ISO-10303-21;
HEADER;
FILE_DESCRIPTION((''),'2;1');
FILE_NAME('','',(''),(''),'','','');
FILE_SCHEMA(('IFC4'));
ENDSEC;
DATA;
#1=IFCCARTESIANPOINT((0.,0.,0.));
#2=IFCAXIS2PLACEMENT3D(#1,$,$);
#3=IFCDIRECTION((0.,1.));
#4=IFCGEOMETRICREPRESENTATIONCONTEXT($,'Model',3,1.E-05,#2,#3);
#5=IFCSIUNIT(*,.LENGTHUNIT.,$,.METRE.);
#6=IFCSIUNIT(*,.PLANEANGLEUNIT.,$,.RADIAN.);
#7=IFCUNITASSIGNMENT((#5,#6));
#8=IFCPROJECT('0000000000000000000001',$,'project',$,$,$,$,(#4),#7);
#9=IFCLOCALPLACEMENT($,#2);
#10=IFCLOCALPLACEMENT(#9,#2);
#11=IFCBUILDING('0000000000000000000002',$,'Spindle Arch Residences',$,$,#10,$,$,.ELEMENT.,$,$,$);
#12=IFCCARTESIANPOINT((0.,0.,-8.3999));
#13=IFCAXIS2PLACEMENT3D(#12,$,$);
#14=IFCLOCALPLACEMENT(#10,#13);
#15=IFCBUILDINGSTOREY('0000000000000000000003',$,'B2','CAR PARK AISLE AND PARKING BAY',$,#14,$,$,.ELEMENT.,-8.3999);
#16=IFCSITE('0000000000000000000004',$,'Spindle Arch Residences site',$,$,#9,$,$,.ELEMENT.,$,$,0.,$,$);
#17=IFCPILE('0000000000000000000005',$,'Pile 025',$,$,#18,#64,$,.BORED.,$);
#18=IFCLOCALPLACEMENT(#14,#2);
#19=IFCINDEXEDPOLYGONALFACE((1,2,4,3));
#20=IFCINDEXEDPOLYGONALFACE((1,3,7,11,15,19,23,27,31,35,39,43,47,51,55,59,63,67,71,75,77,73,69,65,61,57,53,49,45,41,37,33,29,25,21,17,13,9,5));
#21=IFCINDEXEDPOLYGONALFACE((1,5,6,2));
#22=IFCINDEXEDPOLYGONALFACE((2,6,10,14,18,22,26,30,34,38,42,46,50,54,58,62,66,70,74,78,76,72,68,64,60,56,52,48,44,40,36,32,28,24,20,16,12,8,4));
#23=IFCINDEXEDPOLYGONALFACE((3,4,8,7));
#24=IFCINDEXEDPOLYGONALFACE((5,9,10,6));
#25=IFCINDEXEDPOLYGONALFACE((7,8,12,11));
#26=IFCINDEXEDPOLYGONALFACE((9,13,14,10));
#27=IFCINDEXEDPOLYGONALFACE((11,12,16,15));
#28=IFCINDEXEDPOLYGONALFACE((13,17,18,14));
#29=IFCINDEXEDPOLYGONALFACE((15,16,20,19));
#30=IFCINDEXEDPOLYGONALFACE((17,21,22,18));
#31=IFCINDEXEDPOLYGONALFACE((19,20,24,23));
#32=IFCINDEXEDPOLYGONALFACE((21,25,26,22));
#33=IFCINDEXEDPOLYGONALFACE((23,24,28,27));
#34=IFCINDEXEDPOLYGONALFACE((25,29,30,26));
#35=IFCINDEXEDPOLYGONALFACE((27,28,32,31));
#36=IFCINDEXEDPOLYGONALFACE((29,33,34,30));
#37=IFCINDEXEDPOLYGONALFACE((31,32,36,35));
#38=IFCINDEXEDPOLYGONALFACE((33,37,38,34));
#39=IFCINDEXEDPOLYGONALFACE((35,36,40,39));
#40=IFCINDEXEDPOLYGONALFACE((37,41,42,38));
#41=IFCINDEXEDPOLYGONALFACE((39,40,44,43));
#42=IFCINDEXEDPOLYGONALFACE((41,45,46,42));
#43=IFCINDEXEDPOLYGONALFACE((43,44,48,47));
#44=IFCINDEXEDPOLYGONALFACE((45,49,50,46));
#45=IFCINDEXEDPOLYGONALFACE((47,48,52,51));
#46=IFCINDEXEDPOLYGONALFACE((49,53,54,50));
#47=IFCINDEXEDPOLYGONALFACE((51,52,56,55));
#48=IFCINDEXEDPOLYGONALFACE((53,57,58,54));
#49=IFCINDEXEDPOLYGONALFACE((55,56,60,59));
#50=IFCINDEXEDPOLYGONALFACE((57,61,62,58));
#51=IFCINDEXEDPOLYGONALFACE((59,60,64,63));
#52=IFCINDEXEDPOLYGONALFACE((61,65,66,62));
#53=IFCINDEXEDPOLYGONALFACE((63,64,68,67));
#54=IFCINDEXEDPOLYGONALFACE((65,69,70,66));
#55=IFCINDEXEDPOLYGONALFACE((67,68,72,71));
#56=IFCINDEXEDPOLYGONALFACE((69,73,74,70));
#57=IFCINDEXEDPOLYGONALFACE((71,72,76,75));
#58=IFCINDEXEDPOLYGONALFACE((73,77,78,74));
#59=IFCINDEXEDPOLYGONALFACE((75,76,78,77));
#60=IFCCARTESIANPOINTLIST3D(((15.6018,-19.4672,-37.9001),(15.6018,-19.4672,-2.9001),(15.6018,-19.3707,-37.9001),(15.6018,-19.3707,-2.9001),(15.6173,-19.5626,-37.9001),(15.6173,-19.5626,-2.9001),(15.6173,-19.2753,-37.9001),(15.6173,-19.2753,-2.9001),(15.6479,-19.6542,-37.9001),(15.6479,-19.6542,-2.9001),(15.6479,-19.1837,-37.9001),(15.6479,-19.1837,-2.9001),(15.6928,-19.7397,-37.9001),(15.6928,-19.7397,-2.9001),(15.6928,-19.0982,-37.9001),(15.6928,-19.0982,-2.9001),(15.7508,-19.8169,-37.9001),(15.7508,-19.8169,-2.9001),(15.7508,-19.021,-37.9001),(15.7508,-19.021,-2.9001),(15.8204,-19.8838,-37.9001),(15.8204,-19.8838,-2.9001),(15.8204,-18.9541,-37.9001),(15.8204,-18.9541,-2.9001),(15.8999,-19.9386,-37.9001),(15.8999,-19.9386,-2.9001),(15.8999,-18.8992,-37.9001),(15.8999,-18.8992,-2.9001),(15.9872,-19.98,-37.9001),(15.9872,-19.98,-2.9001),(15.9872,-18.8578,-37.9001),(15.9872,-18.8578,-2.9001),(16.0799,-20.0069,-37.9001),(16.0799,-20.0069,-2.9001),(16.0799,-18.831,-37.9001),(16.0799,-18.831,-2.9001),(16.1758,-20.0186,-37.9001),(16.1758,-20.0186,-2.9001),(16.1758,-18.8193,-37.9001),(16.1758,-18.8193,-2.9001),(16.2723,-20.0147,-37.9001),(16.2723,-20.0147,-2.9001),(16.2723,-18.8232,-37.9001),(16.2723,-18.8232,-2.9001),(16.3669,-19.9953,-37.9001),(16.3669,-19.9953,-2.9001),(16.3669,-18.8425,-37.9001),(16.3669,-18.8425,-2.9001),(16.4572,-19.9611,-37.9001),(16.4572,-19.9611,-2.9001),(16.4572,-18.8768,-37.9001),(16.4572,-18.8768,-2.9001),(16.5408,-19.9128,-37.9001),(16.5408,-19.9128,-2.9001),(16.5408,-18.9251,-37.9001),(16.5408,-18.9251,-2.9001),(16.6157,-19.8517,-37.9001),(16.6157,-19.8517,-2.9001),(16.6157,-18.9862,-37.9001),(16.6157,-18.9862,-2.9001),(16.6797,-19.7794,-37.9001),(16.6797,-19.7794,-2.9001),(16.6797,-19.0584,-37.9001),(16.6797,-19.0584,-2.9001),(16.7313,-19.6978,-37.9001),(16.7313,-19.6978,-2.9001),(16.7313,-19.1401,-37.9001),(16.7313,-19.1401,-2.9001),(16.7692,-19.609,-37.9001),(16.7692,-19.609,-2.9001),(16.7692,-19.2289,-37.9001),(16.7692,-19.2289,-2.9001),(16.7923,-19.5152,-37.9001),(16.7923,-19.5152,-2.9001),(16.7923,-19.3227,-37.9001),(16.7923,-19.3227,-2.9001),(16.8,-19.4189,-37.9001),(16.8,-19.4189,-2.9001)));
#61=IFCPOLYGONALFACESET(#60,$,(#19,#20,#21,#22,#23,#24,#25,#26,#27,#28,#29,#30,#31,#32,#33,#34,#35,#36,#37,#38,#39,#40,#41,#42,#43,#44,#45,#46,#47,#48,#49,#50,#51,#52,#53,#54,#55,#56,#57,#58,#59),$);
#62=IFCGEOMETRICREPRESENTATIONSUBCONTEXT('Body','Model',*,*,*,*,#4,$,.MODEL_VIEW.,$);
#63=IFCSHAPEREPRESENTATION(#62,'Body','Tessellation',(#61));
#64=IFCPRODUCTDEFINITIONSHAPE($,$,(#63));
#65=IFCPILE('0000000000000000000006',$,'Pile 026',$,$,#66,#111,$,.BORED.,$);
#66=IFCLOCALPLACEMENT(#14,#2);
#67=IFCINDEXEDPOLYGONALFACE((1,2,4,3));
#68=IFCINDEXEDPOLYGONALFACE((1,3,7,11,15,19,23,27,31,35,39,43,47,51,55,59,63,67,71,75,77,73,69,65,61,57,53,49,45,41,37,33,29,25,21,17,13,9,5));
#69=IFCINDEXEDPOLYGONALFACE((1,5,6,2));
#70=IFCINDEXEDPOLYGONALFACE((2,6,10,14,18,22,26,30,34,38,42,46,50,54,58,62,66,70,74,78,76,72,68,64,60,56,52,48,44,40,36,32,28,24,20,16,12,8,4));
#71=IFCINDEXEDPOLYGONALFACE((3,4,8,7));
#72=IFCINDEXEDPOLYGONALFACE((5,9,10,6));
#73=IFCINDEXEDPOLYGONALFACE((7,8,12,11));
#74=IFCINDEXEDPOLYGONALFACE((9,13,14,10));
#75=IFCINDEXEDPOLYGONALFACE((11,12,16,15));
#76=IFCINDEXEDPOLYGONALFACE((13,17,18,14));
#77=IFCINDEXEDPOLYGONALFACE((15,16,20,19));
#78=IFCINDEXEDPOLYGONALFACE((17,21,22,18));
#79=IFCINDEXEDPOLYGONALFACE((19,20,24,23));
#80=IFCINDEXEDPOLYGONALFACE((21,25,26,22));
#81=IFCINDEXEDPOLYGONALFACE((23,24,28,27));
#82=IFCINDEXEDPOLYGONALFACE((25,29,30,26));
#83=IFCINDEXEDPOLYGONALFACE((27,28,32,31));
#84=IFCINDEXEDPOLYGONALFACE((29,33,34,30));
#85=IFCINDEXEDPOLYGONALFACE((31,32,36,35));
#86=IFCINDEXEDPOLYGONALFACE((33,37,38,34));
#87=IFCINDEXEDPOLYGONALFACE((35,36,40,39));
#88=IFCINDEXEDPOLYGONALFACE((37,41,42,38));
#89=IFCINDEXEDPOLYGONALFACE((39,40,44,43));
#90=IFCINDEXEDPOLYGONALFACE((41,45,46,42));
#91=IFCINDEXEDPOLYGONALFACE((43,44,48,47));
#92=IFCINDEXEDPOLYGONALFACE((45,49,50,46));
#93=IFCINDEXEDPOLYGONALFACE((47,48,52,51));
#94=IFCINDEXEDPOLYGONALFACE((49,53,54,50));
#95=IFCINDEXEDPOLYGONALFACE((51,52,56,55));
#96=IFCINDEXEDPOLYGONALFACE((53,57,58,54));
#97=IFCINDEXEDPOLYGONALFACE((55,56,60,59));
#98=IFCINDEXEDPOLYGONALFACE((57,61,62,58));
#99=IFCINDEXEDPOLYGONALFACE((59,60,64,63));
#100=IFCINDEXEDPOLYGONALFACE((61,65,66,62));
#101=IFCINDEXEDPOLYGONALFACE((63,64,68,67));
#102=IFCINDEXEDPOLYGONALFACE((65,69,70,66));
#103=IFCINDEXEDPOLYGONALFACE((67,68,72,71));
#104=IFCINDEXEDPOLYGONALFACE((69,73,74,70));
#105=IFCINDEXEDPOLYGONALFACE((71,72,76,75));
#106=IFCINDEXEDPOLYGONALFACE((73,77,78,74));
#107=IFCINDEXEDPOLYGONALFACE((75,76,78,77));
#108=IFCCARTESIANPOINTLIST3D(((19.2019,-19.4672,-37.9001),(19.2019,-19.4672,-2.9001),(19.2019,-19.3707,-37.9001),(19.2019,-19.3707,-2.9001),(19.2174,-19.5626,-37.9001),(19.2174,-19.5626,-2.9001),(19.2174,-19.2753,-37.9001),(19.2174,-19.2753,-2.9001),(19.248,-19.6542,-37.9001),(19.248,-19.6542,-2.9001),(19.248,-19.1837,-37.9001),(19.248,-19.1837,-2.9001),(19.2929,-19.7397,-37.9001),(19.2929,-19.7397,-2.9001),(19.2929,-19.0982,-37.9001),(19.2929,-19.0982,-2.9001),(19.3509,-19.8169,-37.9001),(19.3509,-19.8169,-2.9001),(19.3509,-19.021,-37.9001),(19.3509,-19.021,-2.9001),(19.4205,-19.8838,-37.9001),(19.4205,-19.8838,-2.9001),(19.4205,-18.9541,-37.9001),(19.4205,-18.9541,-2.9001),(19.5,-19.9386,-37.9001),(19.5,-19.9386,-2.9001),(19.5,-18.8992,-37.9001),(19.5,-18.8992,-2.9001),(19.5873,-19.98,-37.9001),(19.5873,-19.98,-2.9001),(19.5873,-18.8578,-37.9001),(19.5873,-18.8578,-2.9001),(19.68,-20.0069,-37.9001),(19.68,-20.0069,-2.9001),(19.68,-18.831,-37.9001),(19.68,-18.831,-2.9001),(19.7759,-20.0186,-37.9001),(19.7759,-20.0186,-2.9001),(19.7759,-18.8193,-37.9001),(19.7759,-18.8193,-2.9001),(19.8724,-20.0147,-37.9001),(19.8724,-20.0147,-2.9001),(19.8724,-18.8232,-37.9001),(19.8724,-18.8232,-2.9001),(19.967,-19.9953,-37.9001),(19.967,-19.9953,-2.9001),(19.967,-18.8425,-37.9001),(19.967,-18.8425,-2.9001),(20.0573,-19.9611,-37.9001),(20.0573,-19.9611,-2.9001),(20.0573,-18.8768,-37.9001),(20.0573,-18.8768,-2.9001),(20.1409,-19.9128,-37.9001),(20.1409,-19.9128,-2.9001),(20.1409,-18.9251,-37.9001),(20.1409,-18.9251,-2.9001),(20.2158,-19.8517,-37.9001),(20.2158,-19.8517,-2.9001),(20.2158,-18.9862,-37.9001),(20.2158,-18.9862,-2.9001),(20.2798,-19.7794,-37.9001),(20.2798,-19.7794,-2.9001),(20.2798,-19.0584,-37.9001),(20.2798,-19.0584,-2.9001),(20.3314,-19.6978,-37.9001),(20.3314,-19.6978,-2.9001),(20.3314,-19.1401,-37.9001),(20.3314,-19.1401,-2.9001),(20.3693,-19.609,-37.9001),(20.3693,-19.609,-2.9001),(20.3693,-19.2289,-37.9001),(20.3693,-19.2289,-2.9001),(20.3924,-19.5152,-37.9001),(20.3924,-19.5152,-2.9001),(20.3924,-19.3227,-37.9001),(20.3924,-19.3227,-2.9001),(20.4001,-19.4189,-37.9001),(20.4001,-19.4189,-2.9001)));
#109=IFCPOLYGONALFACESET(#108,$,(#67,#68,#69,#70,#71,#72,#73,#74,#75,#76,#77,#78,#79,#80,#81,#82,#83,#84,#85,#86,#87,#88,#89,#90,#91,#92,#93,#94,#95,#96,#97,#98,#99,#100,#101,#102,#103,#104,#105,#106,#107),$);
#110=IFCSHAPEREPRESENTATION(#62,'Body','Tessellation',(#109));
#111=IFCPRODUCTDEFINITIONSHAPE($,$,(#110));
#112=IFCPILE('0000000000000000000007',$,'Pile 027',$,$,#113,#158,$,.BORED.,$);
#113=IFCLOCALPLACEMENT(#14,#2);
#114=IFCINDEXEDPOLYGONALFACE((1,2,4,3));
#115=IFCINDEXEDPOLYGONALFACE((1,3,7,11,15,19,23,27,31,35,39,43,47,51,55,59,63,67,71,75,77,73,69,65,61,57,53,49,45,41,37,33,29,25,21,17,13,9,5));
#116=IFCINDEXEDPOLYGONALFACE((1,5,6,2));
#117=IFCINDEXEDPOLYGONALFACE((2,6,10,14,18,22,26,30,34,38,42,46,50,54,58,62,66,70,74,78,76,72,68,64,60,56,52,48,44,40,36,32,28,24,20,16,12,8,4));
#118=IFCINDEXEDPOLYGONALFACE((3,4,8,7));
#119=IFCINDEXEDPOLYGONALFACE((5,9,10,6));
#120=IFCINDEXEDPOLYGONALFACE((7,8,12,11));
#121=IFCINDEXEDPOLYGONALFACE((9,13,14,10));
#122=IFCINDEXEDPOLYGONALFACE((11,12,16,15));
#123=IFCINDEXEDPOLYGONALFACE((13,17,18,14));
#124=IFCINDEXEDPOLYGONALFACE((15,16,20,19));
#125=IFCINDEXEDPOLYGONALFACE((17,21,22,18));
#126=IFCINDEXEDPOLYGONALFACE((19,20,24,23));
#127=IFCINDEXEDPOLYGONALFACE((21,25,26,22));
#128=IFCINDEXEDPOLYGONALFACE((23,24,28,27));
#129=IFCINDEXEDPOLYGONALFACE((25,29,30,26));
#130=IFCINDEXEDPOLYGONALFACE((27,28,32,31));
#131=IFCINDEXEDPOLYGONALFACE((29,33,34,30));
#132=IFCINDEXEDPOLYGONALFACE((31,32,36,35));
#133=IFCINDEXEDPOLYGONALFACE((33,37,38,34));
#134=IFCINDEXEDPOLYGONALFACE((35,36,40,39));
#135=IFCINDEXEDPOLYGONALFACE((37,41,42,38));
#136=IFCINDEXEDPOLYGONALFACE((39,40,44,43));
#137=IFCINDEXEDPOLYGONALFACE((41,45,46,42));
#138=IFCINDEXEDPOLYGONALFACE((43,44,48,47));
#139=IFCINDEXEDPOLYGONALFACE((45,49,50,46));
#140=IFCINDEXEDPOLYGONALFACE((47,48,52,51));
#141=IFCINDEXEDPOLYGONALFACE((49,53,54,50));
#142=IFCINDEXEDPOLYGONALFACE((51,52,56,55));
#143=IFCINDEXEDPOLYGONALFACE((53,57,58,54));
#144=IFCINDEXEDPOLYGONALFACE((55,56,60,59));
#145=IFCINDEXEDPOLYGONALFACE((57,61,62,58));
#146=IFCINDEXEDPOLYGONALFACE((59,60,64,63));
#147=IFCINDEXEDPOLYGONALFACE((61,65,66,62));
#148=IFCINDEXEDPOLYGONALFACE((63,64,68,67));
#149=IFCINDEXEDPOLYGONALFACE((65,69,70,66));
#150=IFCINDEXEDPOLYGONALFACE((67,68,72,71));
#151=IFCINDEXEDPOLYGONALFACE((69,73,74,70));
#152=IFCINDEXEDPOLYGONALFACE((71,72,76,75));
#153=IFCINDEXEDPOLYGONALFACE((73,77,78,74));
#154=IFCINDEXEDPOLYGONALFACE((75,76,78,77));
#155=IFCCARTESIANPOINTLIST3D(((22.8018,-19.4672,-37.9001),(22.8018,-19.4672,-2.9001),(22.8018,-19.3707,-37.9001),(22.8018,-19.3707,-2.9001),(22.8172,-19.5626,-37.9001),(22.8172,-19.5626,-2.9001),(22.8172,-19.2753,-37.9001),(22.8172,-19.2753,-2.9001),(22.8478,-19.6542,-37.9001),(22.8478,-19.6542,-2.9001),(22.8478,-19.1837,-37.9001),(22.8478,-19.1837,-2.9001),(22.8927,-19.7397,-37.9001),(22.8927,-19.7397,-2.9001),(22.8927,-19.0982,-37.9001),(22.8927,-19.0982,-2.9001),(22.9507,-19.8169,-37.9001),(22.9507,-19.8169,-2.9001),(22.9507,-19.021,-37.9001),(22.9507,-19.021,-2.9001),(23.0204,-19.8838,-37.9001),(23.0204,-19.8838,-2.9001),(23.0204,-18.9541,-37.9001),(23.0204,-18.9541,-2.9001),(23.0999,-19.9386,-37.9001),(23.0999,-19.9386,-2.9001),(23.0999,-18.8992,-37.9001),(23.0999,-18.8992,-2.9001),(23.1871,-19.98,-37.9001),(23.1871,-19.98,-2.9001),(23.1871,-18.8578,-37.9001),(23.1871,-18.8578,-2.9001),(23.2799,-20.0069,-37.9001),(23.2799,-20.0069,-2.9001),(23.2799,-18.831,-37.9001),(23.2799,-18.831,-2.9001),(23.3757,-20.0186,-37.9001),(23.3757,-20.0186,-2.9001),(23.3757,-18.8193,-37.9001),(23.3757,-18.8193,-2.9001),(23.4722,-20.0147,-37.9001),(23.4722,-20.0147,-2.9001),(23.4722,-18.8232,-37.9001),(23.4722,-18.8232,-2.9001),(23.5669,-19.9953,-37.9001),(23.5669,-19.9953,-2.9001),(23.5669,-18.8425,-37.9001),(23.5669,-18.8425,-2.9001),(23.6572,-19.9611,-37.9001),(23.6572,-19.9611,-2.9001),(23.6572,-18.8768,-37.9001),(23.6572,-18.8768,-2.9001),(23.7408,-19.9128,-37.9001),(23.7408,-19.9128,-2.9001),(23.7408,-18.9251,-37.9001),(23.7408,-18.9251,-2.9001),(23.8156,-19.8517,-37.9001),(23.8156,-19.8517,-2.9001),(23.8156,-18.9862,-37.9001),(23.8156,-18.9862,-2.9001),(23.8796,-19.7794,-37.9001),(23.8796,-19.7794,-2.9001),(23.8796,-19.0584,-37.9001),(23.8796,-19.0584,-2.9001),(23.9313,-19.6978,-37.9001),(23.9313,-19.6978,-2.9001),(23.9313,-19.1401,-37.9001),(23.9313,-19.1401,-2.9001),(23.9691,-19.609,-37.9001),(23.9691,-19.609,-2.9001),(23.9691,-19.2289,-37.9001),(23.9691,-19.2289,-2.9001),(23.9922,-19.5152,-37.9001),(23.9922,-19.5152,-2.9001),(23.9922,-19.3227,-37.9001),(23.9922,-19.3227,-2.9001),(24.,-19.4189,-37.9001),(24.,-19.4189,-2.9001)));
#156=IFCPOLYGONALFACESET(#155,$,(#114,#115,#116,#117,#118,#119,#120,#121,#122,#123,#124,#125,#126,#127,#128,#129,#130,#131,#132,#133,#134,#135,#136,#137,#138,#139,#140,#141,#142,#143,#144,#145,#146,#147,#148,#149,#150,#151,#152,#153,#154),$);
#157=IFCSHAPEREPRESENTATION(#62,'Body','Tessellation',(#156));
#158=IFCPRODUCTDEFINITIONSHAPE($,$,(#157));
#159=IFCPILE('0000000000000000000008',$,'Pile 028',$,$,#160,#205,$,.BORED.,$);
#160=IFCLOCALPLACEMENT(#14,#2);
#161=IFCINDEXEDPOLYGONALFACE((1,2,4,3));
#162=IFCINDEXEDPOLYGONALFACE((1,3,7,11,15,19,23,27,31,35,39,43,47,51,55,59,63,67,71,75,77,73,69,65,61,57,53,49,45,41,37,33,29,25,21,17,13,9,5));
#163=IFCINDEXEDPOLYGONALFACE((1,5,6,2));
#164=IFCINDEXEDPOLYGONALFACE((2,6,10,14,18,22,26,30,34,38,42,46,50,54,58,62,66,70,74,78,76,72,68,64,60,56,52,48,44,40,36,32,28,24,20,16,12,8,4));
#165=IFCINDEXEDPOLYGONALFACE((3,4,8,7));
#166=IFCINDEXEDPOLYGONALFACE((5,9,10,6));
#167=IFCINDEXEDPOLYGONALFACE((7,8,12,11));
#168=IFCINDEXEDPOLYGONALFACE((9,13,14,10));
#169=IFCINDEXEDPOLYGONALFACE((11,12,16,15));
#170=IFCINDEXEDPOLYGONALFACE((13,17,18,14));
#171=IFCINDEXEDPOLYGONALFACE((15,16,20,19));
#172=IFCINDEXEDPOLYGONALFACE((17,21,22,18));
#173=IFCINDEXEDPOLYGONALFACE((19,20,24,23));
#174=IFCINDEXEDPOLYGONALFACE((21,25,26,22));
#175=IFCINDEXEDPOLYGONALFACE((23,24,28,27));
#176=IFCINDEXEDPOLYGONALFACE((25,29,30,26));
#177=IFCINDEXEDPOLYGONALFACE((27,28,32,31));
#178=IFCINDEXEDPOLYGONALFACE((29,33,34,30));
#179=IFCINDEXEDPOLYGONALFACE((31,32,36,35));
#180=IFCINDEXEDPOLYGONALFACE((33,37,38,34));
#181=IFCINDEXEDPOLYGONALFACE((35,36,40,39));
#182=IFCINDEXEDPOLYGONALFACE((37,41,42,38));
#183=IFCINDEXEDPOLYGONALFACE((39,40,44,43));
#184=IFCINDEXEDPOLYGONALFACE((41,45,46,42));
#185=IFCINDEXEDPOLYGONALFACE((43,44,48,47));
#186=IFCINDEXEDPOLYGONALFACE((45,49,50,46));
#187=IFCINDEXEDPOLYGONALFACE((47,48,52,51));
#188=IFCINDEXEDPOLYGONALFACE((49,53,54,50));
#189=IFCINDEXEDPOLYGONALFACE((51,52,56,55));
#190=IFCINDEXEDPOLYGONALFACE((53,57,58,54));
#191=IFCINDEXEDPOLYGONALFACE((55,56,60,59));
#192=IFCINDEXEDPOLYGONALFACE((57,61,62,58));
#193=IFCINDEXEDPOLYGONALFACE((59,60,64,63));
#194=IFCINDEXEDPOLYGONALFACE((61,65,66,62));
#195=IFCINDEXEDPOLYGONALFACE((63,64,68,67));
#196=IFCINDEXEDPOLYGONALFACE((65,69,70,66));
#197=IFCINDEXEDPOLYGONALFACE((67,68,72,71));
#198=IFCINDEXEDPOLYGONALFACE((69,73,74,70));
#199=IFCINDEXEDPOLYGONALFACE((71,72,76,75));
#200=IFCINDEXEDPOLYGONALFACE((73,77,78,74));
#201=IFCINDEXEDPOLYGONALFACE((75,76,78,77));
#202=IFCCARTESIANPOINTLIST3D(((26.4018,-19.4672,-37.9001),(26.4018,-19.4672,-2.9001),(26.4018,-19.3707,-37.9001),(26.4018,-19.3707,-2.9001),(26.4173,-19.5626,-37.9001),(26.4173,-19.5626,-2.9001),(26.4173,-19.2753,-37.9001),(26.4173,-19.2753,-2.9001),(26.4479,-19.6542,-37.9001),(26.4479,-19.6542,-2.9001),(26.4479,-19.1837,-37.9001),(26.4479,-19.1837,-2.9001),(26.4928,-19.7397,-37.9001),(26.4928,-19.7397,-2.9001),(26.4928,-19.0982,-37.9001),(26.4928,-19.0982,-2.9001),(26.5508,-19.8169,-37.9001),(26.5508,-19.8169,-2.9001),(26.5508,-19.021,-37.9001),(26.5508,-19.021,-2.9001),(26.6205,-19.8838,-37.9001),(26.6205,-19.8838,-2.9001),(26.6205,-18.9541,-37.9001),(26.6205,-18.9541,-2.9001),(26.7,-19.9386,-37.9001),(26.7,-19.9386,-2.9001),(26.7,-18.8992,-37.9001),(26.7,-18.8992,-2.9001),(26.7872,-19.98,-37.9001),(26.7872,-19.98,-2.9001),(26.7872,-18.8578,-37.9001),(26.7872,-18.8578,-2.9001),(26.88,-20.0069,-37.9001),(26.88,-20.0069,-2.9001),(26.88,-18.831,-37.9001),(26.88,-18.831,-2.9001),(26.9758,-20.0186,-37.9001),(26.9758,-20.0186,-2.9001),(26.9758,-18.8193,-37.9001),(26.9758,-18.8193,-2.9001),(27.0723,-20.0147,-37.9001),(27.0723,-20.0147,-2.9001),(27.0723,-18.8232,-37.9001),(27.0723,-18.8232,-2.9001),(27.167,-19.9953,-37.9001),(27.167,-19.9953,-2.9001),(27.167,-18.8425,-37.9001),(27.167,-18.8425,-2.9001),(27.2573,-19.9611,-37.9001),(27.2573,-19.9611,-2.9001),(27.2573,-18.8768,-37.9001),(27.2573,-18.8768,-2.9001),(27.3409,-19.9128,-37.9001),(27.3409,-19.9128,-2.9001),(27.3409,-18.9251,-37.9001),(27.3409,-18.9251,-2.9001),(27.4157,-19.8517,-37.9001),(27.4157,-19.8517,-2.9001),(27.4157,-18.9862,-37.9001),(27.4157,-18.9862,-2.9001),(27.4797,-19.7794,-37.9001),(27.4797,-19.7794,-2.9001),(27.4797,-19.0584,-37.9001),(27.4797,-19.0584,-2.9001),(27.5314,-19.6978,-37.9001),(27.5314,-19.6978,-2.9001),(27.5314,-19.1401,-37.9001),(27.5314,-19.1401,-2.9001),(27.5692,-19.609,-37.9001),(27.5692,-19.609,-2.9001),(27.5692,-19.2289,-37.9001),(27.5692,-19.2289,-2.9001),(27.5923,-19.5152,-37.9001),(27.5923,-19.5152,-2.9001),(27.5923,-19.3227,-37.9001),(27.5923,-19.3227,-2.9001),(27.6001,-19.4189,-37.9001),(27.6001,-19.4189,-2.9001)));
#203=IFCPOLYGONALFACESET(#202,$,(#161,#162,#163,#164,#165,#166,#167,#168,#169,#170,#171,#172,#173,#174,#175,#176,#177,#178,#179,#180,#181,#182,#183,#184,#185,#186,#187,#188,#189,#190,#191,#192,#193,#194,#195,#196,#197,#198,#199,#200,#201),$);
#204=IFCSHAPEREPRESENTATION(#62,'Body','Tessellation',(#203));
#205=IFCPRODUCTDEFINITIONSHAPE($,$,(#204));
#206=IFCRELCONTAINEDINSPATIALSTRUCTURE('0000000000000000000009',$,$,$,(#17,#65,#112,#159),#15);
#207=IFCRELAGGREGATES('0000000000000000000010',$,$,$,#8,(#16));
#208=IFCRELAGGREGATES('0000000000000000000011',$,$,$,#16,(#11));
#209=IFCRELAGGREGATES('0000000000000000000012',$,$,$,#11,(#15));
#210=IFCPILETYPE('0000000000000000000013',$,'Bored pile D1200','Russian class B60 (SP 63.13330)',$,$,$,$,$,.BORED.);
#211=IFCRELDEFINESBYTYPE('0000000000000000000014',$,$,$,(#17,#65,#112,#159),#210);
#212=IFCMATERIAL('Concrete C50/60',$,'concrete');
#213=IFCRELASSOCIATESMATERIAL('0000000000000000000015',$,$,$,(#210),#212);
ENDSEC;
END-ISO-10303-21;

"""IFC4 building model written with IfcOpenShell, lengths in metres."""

from ifc_helpers import new_model, si_unit, direction, frame, origin, origin_2d, place, context, subcontext, project, spatial, circle, extrude, material, material_profile, profile_set, type_object, element, save


model = new_model("IFC4")

# Units and contexts
model_context = context("Model", 3, precision=1e-05, world=origin(), true_north=direction((0.0, 1.0)))
body_context = subcontext(model_context, "Body", "Model", "MODEL_VIEW")
ifc_project = project(units=[si_unit("LENGTHUNIT", "METRE"), si_unit("PLANEANGLEUNIT", "RADIAN")], contexts=[model_context])

# Site, building, storey
site_placement = place(None, origin())
site = spatial("IfcSite", under=ifc_project, at=site_placement, Name="Spindle Arch Residences site", CompositionType="ELEMENT", RefElevation=0.0)
building_placement = place(site_placement, origin())
building = spatial("IfcBuilding", under=site, at=building_placement, Name="Spindle Arch Residences", CompositionType="ELEMENT")
storey_placement = place(building_placement, frame((0.0, 0.0, -8.3999)))
storey = spatial("IfcBuildingStorey", under=building, at=storey_placement, Name="B2", Description="CAR PARK AISLE AND PARKING BAY", CompositionType="ELEMENT", Elevation=-8.3999)

# Piles
ifc_material_1 = material(Name="Concrete C50/60", Category="concrete")
ifc_material_profile_1 = material_profile(ifc_material_1, circle(Radius=0.6001, at=origin_2d()), Name="BP D1200")
ifc_profile_set_1 = profile_set([ifc_material_profile_1], Name="Concrete C50/60")
pile_type = type_object("IfcPileType", Name="Bored pile D1200", Description="Russian class B60 (SP 63.13330)", PredefinedType="BORED", material=ifc_profile_set_1)
for number, where, z_axis, x_axis, name in (
    (1, (16.2, -19.4189, -2.9001), (0.0, 0.0, -1.0), (1.0, 0.0, 0.0), "Pile 025"),
    (2, (19.8, -19.4189, -2.9001), (0.0, 0.0, -1.0), (1.0, 0.0, 0.0), "Pile 026"),
    (3, (23.3999, -19.4189, -2.9001), (0.0, 0.0, -1.0), (1.0, 0.0, 0.0), "Pile 027"),
    (4, (27.0, -19.4189, -2.9001), (0.0, 0.0, -1.0), (1.0, 0.0, 0.0), "Pile 028"),
):
    element("IfcPile", number, at=place(storey_placement, frame(where, z_axis=z_axis, x_axis=x_axis)), inside=storey, type_object=pile_type, Name=name, PredefinedType="BORED", context=body_context, shape_type="SweptSolid", body=[
        extrude(circle(Radius=0.6001, at=origin_2d()), origin(), (0.0, 0.0, 1.0), 35.0),
    ])

save(model, "model.ifc")
